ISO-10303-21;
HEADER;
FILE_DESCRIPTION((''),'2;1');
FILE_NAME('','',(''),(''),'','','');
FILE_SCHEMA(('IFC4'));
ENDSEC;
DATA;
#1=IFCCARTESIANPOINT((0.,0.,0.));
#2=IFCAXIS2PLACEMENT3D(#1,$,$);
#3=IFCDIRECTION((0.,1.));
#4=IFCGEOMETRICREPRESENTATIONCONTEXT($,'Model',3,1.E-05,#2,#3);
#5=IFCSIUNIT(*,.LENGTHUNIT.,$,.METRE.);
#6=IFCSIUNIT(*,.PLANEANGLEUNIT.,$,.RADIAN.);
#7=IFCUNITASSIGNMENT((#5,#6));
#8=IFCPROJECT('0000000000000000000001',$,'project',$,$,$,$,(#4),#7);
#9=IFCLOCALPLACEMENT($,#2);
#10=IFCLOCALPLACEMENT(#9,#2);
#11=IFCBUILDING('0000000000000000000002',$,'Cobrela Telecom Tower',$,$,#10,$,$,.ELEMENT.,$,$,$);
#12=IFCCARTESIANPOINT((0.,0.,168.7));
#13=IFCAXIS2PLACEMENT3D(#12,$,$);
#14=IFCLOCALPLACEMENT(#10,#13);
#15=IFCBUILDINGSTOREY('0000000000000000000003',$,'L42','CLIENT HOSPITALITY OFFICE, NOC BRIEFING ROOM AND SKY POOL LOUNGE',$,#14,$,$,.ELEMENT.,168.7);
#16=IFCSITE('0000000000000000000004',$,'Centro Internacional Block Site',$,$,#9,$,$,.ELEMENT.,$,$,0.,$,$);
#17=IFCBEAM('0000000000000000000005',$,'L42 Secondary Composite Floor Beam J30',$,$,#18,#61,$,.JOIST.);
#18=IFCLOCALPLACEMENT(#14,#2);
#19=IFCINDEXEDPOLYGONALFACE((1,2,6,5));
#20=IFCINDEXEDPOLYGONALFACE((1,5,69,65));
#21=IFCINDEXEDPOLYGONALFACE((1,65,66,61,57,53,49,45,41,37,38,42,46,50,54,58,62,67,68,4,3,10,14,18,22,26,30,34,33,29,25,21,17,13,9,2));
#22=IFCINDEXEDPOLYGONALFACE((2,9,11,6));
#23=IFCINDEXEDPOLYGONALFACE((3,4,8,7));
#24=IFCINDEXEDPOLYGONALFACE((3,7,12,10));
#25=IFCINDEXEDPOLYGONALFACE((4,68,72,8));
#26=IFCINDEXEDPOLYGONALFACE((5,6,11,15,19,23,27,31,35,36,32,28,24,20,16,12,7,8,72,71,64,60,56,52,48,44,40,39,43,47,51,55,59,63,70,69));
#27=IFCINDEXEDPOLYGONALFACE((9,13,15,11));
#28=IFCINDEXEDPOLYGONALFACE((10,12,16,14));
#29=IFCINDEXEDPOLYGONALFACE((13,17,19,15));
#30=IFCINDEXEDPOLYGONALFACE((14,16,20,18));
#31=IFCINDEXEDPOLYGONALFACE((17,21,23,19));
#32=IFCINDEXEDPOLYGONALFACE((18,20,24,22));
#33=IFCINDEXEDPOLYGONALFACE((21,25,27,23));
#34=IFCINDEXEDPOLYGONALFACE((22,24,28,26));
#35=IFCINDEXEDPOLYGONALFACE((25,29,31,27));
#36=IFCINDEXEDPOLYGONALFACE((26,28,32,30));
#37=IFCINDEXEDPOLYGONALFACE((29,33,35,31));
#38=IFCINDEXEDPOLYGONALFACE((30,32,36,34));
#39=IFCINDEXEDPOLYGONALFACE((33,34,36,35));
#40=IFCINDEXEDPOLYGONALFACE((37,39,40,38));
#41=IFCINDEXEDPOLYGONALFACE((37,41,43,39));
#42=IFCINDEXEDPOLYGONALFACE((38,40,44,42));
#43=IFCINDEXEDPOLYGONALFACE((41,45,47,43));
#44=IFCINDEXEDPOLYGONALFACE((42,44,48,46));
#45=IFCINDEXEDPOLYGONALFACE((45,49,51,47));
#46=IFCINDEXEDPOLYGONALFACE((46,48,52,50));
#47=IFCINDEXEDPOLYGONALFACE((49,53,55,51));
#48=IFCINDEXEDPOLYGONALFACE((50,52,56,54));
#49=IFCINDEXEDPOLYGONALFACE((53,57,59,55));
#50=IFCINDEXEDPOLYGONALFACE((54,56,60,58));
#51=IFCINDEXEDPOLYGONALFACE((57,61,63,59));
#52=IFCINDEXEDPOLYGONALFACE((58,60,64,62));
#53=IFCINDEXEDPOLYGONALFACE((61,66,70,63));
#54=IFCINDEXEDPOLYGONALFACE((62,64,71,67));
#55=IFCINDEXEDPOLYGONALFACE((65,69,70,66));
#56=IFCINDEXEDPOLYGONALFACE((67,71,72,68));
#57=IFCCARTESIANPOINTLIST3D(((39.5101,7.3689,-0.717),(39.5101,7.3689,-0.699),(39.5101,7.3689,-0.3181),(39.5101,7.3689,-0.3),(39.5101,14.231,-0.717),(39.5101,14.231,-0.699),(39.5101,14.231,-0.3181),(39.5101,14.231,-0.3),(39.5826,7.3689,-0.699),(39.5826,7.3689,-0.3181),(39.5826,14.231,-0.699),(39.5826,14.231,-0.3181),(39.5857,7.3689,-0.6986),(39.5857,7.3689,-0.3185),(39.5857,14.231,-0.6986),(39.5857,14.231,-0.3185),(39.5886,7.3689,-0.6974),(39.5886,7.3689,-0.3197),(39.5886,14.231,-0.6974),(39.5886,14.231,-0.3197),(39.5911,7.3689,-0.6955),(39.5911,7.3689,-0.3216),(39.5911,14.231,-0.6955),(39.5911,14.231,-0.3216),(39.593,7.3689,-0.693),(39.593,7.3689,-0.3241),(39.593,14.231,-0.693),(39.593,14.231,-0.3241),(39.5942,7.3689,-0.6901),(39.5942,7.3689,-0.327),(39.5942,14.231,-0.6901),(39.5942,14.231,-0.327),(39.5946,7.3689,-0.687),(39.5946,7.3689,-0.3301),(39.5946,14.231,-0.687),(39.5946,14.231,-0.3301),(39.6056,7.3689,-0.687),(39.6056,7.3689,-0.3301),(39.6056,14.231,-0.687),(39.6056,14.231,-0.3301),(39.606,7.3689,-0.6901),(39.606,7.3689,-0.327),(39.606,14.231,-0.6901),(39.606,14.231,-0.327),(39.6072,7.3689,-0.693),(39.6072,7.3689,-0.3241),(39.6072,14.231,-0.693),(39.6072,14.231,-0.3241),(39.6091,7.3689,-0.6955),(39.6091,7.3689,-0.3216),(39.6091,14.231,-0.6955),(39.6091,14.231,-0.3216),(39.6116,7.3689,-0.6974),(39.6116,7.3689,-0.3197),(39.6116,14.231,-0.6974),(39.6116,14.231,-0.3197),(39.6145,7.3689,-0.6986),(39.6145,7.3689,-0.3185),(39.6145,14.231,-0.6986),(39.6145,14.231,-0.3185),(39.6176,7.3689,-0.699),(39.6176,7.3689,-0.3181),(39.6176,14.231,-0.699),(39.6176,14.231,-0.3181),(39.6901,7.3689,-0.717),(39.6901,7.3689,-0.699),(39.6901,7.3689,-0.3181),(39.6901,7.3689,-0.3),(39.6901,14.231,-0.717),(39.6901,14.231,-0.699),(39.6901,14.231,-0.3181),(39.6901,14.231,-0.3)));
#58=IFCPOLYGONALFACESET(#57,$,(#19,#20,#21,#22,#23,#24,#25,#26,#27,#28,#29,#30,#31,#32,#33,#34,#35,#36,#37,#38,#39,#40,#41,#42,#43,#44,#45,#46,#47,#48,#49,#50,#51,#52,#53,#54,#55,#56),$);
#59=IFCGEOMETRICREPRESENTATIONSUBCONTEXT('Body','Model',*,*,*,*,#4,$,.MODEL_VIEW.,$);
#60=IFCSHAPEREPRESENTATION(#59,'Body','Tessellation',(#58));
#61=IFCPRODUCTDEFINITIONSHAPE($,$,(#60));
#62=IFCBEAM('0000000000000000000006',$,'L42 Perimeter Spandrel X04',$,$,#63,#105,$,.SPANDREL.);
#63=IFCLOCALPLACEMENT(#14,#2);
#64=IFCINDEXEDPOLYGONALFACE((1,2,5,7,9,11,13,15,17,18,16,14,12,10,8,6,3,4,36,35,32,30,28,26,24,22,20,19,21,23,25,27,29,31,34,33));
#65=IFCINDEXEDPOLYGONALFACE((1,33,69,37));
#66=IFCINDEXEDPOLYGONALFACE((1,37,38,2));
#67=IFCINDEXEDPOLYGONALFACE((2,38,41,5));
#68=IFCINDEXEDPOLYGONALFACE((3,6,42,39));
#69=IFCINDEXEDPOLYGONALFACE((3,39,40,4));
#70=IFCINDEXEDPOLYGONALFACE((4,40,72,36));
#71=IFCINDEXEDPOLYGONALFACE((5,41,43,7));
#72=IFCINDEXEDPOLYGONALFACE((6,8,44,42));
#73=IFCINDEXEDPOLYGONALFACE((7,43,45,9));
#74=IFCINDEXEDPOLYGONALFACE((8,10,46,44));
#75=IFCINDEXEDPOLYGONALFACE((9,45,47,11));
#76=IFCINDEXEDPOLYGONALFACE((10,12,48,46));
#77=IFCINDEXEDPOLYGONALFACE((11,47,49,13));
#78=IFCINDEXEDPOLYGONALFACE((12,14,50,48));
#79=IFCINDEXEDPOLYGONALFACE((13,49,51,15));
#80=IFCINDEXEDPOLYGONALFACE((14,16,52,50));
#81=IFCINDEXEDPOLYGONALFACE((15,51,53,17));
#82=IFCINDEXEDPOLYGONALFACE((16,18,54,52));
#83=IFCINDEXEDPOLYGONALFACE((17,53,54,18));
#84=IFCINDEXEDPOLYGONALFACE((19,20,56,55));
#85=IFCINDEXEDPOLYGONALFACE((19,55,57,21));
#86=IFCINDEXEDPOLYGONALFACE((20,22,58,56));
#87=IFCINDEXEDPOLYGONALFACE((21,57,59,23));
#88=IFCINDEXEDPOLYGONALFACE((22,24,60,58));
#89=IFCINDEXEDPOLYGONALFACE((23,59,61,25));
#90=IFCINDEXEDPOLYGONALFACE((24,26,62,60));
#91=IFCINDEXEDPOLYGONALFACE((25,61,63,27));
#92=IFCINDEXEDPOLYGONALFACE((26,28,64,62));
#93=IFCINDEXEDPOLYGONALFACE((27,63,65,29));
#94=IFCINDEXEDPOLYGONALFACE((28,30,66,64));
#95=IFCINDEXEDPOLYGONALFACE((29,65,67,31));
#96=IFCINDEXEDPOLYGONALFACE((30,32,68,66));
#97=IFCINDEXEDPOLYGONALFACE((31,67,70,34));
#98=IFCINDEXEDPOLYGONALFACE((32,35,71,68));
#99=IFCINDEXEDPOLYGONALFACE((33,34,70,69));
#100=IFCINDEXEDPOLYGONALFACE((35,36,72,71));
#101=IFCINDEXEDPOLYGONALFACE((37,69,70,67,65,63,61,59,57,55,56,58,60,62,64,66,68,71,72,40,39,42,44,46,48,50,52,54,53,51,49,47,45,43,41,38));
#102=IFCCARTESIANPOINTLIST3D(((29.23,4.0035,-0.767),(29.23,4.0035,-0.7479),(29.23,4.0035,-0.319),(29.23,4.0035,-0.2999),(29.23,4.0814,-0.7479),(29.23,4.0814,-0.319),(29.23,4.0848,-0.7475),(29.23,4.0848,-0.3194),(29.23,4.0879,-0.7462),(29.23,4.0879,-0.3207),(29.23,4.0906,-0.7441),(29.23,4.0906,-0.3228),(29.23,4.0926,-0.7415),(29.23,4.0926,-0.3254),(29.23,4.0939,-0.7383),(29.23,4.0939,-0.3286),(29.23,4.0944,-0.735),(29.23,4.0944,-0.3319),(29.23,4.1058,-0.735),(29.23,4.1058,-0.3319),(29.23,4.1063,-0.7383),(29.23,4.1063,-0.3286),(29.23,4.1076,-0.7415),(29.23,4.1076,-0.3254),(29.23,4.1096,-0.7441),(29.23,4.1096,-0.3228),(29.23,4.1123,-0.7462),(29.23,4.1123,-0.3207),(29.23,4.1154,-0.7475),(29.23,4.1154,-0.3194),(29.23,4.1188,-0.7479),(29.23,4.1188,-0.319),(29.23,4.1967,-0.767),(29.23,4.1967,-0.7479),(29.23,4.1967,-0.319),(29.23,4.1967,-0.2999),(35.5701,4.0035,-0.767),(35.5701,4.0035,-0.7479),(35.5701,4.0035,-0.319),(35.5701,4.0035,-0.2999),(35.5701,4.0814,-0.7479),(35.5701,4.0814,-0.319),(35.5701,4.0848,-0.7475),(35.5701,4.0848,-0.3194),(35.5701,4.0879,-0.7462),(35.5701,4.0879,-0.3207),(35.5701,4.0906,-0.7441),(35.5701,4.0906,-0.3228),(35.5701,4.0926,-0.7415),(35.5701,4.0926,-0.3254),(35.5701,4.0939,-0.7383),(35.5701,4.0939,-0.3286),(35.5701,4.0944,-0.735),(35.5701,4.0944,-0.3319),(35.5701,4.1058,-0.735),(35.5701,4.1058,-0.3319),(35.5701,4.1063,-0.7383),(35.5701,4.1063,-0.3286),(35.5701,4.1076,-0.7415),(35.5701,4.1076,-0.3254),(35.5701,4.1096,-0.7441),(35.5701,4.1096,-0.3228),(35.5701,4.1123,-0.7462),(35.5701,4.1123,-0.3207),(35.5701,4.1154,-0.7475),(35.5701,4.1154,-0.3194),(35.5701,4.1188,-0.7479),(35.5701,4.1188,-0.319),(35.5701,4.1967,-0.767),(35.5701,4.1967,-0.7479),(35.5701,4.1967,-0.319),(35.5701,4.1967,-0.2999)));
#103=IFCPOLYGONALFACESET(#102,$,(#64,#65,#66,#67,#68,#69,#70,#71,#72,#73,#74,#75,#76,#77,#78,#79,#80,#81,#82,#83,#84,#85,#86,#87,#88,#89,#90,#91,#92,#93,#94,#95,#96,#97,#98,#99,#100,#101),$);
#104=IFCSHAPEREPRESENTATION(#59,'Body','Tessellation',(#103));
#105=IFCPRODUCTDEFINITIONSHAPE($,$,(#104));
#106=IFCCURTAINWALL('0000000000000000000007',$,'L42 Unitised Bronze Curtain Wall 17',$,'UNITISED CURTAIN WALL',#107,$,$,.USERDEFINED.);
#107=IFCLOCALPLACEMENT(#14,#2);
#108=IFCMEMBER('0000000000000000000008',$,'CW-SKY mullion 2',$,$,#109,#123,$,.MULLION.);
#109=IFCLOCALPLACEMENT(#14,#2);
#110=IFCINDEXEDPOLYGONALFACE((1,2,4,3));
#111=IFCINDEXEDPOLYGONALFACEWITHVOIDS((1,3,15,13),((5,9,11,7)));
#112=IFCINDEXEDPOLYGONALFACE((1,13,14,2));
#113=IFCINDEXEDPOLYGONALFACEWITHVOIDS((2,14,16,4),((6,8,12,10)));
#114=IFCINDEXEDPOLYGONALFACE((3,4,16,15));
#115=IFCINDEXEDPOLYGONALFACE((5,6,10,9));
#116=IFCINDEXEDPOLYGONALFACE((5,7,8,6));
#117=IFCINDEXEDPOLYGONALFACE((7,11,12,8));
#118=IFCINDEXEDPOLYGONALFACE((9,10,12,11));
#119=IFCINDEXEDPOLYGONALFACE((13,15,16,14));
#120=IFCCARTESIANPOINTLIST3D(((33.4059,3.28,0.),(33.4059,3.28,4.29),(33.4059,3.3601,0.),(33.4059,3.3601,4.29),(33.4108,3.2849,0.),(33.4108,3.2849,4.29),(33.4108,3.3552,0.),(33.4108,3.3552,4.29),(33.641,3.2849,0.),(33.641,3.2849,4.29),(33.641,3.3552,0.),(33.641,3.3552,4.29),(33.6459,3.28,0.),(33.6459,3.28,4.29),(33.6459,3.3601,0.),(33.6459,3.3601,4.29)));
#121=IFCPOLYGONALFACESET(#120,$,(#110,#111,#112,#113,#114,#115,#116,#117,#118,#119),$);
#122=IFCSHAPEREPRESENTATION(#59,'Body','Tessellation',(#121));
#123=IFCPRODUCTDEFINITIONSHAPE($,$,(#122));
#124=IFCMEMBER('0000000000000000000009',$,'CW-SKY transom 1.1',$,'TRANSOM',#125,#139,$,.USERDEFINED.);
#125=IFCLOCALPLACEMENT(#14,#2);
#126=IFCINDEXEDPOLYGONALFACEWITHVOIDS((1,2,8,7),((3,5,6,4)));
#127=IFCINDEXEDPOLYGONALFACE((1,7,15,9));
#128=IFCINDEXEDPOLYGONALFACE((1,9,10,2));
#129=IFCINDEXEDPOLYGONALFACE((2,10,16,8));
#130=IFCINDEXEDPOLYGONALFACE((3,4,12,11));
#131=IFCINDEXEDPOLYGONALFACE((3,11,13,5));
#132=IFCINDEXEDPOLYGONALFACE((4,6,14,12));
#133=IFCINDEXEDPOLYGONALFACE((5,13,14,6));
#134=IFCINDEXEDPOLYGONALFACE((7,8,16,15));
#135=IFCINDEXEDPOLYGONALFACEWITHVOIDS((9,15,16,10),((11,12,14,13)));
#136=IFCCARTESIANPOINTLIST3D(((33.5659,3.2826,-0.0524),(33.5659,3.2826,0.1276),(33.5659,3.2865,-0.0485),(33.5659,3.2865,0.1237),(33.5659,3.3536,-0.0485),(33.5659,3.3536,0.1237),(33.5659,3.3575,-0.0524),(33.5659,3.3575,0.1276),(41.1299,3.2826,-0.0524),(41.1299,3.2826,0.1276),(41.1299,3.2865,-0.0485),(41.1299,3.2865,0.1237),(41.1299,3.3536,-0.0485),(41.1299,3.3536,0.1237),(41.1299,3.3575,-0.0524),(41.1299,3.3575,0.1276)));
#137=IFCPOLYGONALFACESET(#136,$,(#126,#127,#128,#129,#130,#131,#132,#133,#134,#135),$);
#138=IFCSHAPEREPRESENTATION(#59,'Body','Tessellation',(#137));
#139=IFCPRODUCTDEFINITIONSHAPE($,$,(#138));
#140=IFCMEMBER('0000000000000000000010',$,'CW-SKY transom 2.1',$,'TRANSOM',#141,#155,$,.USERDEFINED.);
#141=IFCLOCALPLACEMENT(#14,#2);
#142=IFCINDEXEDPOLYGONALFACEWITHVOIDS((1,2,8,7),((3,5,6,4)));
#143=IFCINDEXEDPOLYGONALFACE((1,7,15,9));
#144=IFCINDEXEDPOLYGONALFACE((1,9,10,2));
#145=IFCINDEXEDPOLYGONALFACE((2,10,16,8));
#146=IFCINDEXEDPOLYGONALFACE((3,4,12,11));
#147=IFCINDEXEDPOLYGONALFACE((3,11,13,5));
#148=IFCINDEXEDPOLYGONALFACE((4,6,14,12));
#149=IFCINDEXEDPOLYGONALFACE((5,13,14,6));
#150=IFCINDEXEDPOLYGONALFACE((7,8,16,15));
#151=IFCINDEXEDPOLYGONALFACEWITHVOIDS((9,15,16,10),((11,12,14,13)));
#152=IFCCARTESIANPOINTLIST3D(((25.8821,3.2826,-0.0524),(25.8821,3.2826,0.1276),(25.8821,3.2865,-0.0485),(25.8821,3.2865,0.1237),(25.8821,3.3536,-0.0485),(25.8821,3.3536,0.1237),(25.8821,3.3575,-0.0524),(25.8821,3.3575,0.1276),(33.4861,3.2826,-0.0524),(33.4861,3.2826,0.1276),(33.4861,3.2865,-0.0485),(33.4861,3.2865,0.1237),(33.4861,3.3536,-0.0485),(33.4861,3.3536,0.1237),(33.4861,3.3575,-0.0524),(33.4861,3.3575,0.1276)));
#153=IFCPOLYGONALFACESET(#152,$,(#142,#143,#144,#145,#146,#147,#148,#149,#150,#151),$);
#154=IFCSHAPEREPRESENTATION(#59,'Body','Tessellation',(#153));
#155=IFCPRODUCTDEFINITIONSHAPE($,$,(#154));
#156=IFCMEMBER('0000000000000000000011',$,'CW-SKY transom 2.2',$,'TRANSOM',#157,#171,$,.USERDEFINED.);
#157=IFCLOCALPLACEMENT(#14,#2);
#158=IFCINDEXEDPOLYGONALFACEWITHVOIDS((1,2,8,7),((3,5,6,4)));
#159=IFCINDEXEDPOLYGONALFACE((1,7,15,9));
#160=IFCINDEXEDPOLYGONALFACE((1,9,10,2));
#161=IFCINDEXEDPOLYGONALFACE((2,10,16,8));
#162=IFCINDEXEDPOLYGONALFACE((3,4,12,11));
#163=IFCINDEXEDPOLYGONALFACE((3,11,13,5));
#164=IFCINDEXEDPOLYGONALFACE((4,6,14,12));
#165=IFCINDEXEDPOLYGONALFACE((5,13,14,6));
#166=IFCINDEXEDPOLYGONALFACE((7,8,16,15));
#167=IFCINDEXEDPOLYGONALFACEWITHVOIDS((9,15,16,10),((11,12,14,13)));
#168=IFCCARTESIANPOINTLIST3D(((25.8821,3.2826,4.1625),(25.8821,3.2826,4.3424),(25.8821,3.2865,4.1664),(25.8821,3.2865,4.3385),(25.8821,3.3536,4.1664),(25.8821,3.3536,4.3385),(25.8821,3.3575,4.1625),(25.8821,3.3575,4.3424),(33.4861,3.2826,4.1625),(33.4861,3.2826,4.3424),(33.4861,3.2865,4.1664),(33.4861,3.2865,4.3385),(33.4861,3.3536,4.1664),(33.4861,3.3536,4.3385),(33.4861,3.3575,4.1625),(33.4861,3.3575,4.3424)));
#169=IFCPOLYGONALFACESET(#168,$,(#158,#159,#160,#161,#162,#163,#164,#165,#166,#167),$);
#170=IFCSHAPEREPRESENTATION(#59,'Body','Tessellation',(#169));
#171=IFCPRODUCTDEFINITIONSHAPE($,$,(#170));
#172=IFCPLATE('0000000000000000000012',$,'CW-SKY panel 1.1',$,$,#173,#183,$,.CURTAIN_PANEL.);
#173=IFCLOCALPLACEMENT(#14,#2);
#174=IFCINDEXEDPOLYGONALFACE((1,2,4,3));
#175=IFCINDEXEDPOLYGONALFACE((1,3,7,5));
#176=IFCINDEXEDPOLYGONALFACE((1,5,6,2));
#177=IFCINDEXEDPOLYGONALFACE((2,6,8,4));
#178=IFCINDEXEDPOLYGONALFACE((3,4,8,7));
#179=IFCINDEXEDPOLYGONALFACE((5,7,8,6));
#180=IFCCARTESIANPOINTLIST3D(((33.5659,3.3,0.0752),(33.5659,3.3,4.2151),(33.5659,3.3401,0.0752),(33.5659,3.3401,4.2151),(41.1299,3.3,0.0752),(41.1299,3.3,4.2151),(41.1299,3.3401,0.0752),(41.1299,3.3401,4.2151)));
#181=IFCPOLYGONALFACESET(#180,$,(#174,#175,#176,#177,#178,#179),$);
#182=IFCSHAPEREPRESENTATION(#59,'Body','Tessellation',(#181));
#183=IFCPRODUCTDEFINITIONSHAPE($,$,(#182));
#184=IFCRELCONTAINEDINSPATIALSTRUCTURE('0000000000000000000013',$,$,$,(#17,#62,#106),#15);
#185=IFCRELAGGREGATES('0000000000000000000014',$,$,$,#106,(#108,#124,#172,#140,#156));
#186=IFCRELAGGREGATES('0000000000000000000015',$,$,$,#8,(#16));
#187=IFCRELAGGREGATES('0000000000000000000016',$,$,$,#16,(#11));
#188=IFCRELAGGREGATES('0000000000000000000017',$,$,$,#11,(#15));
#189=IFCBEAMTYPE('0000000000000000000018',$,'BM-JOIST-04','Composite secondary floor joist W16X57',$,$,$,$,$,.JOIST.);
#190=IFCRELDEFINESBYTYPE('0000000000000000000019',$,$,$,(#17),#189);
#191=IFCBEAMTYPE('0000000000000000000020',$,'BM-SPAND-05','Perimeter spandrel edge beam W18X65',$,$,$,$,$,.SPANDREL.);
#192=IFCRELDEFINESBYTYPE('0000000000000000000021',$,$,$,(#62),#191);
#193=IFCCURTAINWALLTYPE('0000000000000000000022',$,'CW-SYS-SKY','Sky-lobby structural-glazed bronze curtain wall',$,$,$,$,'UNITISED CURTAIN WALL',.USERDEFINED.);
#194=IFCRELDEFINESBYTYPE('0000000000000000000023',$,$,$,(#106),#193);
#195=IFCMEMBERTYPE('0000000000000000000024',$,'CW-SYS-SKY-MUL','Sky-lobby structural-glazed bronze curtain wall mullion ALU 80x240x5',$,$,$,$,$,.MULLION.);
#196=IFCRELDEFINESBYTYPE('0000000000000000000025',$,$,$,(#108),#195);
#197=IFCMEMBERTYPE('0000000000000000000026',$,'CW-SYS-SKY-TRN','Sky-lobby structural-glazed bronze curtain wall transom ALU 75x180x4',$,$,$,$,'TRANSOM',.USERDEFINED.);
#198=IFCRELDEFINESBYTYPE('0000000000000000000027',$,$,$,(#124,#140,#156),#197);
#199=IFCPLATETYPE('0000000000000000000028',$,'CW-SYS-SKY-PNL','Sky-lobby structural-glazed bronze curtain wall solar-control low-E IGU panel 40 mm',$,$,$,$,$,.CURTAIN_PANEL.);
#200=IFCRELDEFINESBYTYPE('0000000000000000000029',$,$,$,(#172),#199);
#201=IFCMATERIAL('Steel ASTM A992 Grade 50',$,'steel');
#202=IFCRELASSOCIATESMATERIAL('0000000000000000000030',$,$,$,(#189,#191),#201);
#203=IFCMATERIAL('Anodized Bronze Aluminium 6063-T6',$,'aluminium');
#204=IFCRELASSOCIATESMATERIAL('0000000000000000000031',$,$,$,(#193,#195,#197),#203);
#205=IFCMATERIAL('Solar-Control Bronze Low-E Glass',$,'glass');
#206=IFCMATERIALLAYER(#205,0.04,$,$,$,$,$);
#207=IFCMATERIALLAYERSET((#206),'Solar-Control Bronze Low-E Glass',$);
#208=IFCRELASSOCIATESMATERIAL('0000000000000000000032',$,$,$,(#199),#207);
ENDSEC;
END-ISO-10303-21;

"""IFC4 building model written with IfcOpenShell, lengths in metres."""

from ifc_helpers import new_model, si_unit, direction, frame, origin, origin_2d, place, context, subcontext, project, spatial, rectangle, hollow_rectangle, i_section, extrude, material, layer, layer_set, material_profile, profile_set, type_object, element, aggregate, save


model = new_model("IFC4")

# Units and contexts
model_context = context("Model", 3, precision=1e-05, world=origin(), true_north=direction((0.0, 1.0)))
body_context = subcontext(model_context, "Body", "Model", "MODEL_VIEW")
ifc_project = project(units=[si_unit("LENGTHUNIT", "METRE"), si_unit("PLANEANGLEUNIT", "RADIAN")], contexts=[model_context])

# Site, building, storey
site_placement = place(None, origin())
site = spatial("IfcSite", under=ifc_project, at=site_placement, Name="Centro Internacional Block Site", CompositionType="ELEMENT", RefElevation=0.0)
building_placement = place(site_placement, origin())
building = spatial("IfcBuilding", under=site, at=building_placement, Name="Cobrela Telecom Tower", CompositionType="ELEMENT")
storey_placement = place(building_placement, frame((0.0, 0.0, 168.7)))
storey = spatial("IfcBuildingStorey", under=building, at=storey_placement, Name="L42", Description="CLIENT HOSPITALITY OFFICE, NOC BRIEFING ROOM AND SKY POOL LOUNGE", CompositionType="ELEMENT", Elevation=168.7)

# Shared definitions
ifc_material_1 = material(Name="Steel ASTM A992 Grade 50", Category="steel")

# Beams
ifc_material_profile_1 = material_profile(ifc_material_1, i_section(OverallWidth=0.1799, OverallDepth=0.417, WebThickness=0.011, FlangeThickness=0.0181, FilletRadius=0.012, at=origin_2d()), Name="W16X57")
ifc_profile_set_1 = profile_set([ifc_material_profile_1], Name="Steel ASTM A992 Grade 50")
beam_type_1 = type_object("IfcBeamType", Name="BM-JOIST-04", Description="Composite secondary floor joist W16X57", PredefinedType="JOIST", material=ifc_profile_set_1)
for number, where, z_axis, x_axis, name in (
    (1, (39.6001, 7.3689, -0.5085), (0.0, 1.0, 0.0), (-1.0, 0.0, 0.0), "L42 Secondary Composite Floor Beam J30"),
):
    element("IfcBeam", number, at=place(storey_placement, frame(where, z_axis=z_axis, x_axis=x_axis)), inside=storey, type_object=beam_type_1, Name=name, PredefinedType="JOIST", context=body_context, shape_type="SweptSolid", body=[
        extrude(i_section(OverallWidth=0.1799, OverallDepth=0.417, WebThickness=0.011, FlangeThickness=0.0181, FilletRadius=0.012, at=origin_2d()), origin(), (0.0, 0.0, 1.0), 6.8621),
    ])
ifc_material_profile_2 = material_profile(ifc_material_1, i_section(OverallWidth=0.1931, OverallDepth=0.467, WebThickness=0.0115, FlangeThickness=0.019, FilletRadius=0.0129, at=origin_2d()), Name="W18X65")
ifc_profile_set_2 = profile_set([ifc_material_profile_2], Name="Steel ASTM A992 Grade 50")
beam_type_2 = type_object("IfcBeamType", Name="BM-SPAND-05", Description="Perimeter spandrel edge beam W18X65", PredefinedType="SPANDREL", material=ifc_profile_set_2)
beam_1_placement = place(storey_placement, frame((29.23, 4.1001, -0.5334), z_axis=(1.0, 0.0, 0.0), x_axis=(0.0, 1.0, 0.0)))
element("IfcBeam", 2, at=beam_1_placement, inside=storey, type_object=beam_type_2, Name="L42 Perimeter Spandrel X04", PredefinedType="SPANDREL", context=body_context, shape_type="SweptSolid", body=[
    extrude(i_section(OverallWidth=0.1931, OverallDepth=0.467, WebThickness=0.0115, FlangeThickness=0.019, FilletRadius=0.0129, at=origin_2d()), origin(), (0.0, 0.0, 1.0), 6.3401),
])

# Curtain wall, members, plate
ifc_material_2 = material(Name="Anodized Bronze Aluminium 6063-T6", Category="aluminium")
curtain_wall_type = type_object("IfcCurtainWallType", Name="CW-SYS-SKY", Description="Sky-lobby structural-glazed bronze curtain wall", ElementType="UNITISED CURTAIN WALL", PredefinedType="USERDEFINED", material=ifc_material_2)
curtain_wall_placement = place(storey_placement, origin())
curtain_wall = element("IfcCurtainWall", 3, at=curtain_wall_placement, inside=storey, type_object=curtain_wall_type, Name="L42 Unitised Bronze Curtain Wall 17", ObjectType="UNITISED CURTAIN WALL", PredefinedType="USERDEFINED")
ifc_material_profile_3 = material_profile(ifc_material_2, hollow_rectangle(XDim=0.0801, YDim=0.24, WallThickness=0.0049, at=origin_2d()), Name="ALU 80x240x5")
ifc_profile_set_3 = profile_set([ifc_material_profile_3], Name="Anodized Bronze Aluminium 6063-T6")
member_type_1 = type_object("IfcMemberType", Name="CW-SYS-SKY-MUL", Description="Sky-lobby structural-glazed bronze curtain wall mullion ALU 80x240x5", PredefinedType="MULLION", material=ifc_profile_set_3)
member_1_placement = place(storey_placement, frame((33.5259, 3.3201, 0.0), z_axis=(0.0, 0.0, 1.0), x_axis=(0.0, -1.0, 0.0)))
member_1 = element("IfcMember", 4, at=member_1_placement, type_object=member_type_1, Name="CW-SKY mullion 2", PredefinedType="MULLION", context=body_context, shape_type="SweptSolid", body=[
    extrude(hollow_rectangle(XDim=0.0801, YDim=0.24, WallThickness=0.0049, at=origin_2d()), origin(), (0.0, 0.0, 1.0), 4.29),
])
ifc_material_profile_4 = material_profile(ifc_material_2, hollow_rectangle(XDim=0.075, YDim=0.1799, WallThickness=0.0039, at=origin_2d()), Name="ALU 75x180x4")
ifc_profile_set_4 = profile_set([ifc_material_profile_4], Name="Anodized Bronze Aluminium 6063-T6")
member_type_2 = type_object("IfcMemberType", Name="CW-SYS-SKY-TRN", Description="Sky-lobby structural-glazed bronze curtain wall transom ALU 75x180x4", ElementType="TRANSOM", PredefinedType="USERDEFINED", material=ifc_profile_set_4)
member_2_placement = place(storey_placement, frame((41.1299, 3.3201, 0.0376), z_axis=(-1.0, 0.0, 0.0), x_axis=(0.0, -1.0, 0.0)))
member_2 = element("IfcMember", 5, at=member_2_placement, type_object=member_type_2, Name="CW-SKY transom 1.1", ObjectType="TRANSOM", PredefinedType="USERDEFINED", context=body_context, shape_type="SweptSolid", body=[
    extrude(hollow_rectangle(XDim=0.075, YDim=0.1799, WallThickness=0.0039, at=origin_2d()), origin(), (0.0, 0.0, 1.0), 7.564),
])
member_3_placement = place(storey_placement, frame((33.4861, 3.3201, 0.0376), z_axis=(-1.0, 0.0, 0.0), x_axis=(0.0, -1.0, 0.0)))
member_3 = element("IfcMember", 6, at=member_3_placement, type_object=member_type_2, Name="CW-SKY transom 2.1", ObjectType="TRANSOM", PredefinedType="USERDEFINED", context=body_context, shape_type="SweptSolid", body=[
    extrude(hollow_rectangle(XDim=0.075, YDim=0.1799, WallThickness=0.0039, at=origin_2d()), origin(), (0.0, 0.0, 1.0), 7.604),
])
member_4_placement = place(storey_placement, frame((33.4861, 3.3201, 4.2524), z_axis=(-1.0, 0.0, 0.0), x_axis=(0.0, -1.0, 0.0)))
member_4 = element("IfcMember", 7, at=member_4_placement, type_object=member_type_2, Name="CW-SKY transom 2.2", ObjectType="TRANSOM", PredefinedType="USERDEFINED", context=body_context, shape_type="SweptSolid", body=[
    extrude(hollow_rectangle(XDim=0.075, YDim=0.1799, WallThickness=0.0039, at=origin_2d()), origin(), (0.0, 0.0, 1.0), 7.604),
])
ifc_material_3 = material(Name="Solar-Control Bronze Low-E Glass", Category="glass")
ifc_layer = layer(ifc_material_3, 0.04)
ifc_layer_set = layer_set([ifc_layer], Name="Solar-Control Bronze Low-E Glass")
plate_type = type_object("IfcPlateType", Name="CW-SYS-SKY-PNL", Description="Sky-lobby structural-glazed bronze curtain wall solar-control low-E IGU panel 40 mm", PredefinedType="CURTAIN_PANEL", material=ifc_layer_set)
plate_1_placement = place(storey_placement, frame((37.3479, 3.3201, 0.0752), z_axis=(0.0, 0.0, 1.0), x_axis=(-1.0, 0.0, 0.0)))
plate_1 = element("IfcPlate", 8, at=plate_1_placement, type_object=plate_type, Name="CW-SKY panel 1.1", PredefinedType="CURTAIN_PANEL", context=body_context, shape_type="SweptSolid", body=[
    extrude(rectangle(XDim=7.564, YDim=0.04, at=origin_2d()), origin(), (0.0, 0.0, 1.0), 4.1399),
])
aggregate(curtain_wall, [member_1, member_2, plate_1, member_3, member_4])

save(model, "model.ifc")
